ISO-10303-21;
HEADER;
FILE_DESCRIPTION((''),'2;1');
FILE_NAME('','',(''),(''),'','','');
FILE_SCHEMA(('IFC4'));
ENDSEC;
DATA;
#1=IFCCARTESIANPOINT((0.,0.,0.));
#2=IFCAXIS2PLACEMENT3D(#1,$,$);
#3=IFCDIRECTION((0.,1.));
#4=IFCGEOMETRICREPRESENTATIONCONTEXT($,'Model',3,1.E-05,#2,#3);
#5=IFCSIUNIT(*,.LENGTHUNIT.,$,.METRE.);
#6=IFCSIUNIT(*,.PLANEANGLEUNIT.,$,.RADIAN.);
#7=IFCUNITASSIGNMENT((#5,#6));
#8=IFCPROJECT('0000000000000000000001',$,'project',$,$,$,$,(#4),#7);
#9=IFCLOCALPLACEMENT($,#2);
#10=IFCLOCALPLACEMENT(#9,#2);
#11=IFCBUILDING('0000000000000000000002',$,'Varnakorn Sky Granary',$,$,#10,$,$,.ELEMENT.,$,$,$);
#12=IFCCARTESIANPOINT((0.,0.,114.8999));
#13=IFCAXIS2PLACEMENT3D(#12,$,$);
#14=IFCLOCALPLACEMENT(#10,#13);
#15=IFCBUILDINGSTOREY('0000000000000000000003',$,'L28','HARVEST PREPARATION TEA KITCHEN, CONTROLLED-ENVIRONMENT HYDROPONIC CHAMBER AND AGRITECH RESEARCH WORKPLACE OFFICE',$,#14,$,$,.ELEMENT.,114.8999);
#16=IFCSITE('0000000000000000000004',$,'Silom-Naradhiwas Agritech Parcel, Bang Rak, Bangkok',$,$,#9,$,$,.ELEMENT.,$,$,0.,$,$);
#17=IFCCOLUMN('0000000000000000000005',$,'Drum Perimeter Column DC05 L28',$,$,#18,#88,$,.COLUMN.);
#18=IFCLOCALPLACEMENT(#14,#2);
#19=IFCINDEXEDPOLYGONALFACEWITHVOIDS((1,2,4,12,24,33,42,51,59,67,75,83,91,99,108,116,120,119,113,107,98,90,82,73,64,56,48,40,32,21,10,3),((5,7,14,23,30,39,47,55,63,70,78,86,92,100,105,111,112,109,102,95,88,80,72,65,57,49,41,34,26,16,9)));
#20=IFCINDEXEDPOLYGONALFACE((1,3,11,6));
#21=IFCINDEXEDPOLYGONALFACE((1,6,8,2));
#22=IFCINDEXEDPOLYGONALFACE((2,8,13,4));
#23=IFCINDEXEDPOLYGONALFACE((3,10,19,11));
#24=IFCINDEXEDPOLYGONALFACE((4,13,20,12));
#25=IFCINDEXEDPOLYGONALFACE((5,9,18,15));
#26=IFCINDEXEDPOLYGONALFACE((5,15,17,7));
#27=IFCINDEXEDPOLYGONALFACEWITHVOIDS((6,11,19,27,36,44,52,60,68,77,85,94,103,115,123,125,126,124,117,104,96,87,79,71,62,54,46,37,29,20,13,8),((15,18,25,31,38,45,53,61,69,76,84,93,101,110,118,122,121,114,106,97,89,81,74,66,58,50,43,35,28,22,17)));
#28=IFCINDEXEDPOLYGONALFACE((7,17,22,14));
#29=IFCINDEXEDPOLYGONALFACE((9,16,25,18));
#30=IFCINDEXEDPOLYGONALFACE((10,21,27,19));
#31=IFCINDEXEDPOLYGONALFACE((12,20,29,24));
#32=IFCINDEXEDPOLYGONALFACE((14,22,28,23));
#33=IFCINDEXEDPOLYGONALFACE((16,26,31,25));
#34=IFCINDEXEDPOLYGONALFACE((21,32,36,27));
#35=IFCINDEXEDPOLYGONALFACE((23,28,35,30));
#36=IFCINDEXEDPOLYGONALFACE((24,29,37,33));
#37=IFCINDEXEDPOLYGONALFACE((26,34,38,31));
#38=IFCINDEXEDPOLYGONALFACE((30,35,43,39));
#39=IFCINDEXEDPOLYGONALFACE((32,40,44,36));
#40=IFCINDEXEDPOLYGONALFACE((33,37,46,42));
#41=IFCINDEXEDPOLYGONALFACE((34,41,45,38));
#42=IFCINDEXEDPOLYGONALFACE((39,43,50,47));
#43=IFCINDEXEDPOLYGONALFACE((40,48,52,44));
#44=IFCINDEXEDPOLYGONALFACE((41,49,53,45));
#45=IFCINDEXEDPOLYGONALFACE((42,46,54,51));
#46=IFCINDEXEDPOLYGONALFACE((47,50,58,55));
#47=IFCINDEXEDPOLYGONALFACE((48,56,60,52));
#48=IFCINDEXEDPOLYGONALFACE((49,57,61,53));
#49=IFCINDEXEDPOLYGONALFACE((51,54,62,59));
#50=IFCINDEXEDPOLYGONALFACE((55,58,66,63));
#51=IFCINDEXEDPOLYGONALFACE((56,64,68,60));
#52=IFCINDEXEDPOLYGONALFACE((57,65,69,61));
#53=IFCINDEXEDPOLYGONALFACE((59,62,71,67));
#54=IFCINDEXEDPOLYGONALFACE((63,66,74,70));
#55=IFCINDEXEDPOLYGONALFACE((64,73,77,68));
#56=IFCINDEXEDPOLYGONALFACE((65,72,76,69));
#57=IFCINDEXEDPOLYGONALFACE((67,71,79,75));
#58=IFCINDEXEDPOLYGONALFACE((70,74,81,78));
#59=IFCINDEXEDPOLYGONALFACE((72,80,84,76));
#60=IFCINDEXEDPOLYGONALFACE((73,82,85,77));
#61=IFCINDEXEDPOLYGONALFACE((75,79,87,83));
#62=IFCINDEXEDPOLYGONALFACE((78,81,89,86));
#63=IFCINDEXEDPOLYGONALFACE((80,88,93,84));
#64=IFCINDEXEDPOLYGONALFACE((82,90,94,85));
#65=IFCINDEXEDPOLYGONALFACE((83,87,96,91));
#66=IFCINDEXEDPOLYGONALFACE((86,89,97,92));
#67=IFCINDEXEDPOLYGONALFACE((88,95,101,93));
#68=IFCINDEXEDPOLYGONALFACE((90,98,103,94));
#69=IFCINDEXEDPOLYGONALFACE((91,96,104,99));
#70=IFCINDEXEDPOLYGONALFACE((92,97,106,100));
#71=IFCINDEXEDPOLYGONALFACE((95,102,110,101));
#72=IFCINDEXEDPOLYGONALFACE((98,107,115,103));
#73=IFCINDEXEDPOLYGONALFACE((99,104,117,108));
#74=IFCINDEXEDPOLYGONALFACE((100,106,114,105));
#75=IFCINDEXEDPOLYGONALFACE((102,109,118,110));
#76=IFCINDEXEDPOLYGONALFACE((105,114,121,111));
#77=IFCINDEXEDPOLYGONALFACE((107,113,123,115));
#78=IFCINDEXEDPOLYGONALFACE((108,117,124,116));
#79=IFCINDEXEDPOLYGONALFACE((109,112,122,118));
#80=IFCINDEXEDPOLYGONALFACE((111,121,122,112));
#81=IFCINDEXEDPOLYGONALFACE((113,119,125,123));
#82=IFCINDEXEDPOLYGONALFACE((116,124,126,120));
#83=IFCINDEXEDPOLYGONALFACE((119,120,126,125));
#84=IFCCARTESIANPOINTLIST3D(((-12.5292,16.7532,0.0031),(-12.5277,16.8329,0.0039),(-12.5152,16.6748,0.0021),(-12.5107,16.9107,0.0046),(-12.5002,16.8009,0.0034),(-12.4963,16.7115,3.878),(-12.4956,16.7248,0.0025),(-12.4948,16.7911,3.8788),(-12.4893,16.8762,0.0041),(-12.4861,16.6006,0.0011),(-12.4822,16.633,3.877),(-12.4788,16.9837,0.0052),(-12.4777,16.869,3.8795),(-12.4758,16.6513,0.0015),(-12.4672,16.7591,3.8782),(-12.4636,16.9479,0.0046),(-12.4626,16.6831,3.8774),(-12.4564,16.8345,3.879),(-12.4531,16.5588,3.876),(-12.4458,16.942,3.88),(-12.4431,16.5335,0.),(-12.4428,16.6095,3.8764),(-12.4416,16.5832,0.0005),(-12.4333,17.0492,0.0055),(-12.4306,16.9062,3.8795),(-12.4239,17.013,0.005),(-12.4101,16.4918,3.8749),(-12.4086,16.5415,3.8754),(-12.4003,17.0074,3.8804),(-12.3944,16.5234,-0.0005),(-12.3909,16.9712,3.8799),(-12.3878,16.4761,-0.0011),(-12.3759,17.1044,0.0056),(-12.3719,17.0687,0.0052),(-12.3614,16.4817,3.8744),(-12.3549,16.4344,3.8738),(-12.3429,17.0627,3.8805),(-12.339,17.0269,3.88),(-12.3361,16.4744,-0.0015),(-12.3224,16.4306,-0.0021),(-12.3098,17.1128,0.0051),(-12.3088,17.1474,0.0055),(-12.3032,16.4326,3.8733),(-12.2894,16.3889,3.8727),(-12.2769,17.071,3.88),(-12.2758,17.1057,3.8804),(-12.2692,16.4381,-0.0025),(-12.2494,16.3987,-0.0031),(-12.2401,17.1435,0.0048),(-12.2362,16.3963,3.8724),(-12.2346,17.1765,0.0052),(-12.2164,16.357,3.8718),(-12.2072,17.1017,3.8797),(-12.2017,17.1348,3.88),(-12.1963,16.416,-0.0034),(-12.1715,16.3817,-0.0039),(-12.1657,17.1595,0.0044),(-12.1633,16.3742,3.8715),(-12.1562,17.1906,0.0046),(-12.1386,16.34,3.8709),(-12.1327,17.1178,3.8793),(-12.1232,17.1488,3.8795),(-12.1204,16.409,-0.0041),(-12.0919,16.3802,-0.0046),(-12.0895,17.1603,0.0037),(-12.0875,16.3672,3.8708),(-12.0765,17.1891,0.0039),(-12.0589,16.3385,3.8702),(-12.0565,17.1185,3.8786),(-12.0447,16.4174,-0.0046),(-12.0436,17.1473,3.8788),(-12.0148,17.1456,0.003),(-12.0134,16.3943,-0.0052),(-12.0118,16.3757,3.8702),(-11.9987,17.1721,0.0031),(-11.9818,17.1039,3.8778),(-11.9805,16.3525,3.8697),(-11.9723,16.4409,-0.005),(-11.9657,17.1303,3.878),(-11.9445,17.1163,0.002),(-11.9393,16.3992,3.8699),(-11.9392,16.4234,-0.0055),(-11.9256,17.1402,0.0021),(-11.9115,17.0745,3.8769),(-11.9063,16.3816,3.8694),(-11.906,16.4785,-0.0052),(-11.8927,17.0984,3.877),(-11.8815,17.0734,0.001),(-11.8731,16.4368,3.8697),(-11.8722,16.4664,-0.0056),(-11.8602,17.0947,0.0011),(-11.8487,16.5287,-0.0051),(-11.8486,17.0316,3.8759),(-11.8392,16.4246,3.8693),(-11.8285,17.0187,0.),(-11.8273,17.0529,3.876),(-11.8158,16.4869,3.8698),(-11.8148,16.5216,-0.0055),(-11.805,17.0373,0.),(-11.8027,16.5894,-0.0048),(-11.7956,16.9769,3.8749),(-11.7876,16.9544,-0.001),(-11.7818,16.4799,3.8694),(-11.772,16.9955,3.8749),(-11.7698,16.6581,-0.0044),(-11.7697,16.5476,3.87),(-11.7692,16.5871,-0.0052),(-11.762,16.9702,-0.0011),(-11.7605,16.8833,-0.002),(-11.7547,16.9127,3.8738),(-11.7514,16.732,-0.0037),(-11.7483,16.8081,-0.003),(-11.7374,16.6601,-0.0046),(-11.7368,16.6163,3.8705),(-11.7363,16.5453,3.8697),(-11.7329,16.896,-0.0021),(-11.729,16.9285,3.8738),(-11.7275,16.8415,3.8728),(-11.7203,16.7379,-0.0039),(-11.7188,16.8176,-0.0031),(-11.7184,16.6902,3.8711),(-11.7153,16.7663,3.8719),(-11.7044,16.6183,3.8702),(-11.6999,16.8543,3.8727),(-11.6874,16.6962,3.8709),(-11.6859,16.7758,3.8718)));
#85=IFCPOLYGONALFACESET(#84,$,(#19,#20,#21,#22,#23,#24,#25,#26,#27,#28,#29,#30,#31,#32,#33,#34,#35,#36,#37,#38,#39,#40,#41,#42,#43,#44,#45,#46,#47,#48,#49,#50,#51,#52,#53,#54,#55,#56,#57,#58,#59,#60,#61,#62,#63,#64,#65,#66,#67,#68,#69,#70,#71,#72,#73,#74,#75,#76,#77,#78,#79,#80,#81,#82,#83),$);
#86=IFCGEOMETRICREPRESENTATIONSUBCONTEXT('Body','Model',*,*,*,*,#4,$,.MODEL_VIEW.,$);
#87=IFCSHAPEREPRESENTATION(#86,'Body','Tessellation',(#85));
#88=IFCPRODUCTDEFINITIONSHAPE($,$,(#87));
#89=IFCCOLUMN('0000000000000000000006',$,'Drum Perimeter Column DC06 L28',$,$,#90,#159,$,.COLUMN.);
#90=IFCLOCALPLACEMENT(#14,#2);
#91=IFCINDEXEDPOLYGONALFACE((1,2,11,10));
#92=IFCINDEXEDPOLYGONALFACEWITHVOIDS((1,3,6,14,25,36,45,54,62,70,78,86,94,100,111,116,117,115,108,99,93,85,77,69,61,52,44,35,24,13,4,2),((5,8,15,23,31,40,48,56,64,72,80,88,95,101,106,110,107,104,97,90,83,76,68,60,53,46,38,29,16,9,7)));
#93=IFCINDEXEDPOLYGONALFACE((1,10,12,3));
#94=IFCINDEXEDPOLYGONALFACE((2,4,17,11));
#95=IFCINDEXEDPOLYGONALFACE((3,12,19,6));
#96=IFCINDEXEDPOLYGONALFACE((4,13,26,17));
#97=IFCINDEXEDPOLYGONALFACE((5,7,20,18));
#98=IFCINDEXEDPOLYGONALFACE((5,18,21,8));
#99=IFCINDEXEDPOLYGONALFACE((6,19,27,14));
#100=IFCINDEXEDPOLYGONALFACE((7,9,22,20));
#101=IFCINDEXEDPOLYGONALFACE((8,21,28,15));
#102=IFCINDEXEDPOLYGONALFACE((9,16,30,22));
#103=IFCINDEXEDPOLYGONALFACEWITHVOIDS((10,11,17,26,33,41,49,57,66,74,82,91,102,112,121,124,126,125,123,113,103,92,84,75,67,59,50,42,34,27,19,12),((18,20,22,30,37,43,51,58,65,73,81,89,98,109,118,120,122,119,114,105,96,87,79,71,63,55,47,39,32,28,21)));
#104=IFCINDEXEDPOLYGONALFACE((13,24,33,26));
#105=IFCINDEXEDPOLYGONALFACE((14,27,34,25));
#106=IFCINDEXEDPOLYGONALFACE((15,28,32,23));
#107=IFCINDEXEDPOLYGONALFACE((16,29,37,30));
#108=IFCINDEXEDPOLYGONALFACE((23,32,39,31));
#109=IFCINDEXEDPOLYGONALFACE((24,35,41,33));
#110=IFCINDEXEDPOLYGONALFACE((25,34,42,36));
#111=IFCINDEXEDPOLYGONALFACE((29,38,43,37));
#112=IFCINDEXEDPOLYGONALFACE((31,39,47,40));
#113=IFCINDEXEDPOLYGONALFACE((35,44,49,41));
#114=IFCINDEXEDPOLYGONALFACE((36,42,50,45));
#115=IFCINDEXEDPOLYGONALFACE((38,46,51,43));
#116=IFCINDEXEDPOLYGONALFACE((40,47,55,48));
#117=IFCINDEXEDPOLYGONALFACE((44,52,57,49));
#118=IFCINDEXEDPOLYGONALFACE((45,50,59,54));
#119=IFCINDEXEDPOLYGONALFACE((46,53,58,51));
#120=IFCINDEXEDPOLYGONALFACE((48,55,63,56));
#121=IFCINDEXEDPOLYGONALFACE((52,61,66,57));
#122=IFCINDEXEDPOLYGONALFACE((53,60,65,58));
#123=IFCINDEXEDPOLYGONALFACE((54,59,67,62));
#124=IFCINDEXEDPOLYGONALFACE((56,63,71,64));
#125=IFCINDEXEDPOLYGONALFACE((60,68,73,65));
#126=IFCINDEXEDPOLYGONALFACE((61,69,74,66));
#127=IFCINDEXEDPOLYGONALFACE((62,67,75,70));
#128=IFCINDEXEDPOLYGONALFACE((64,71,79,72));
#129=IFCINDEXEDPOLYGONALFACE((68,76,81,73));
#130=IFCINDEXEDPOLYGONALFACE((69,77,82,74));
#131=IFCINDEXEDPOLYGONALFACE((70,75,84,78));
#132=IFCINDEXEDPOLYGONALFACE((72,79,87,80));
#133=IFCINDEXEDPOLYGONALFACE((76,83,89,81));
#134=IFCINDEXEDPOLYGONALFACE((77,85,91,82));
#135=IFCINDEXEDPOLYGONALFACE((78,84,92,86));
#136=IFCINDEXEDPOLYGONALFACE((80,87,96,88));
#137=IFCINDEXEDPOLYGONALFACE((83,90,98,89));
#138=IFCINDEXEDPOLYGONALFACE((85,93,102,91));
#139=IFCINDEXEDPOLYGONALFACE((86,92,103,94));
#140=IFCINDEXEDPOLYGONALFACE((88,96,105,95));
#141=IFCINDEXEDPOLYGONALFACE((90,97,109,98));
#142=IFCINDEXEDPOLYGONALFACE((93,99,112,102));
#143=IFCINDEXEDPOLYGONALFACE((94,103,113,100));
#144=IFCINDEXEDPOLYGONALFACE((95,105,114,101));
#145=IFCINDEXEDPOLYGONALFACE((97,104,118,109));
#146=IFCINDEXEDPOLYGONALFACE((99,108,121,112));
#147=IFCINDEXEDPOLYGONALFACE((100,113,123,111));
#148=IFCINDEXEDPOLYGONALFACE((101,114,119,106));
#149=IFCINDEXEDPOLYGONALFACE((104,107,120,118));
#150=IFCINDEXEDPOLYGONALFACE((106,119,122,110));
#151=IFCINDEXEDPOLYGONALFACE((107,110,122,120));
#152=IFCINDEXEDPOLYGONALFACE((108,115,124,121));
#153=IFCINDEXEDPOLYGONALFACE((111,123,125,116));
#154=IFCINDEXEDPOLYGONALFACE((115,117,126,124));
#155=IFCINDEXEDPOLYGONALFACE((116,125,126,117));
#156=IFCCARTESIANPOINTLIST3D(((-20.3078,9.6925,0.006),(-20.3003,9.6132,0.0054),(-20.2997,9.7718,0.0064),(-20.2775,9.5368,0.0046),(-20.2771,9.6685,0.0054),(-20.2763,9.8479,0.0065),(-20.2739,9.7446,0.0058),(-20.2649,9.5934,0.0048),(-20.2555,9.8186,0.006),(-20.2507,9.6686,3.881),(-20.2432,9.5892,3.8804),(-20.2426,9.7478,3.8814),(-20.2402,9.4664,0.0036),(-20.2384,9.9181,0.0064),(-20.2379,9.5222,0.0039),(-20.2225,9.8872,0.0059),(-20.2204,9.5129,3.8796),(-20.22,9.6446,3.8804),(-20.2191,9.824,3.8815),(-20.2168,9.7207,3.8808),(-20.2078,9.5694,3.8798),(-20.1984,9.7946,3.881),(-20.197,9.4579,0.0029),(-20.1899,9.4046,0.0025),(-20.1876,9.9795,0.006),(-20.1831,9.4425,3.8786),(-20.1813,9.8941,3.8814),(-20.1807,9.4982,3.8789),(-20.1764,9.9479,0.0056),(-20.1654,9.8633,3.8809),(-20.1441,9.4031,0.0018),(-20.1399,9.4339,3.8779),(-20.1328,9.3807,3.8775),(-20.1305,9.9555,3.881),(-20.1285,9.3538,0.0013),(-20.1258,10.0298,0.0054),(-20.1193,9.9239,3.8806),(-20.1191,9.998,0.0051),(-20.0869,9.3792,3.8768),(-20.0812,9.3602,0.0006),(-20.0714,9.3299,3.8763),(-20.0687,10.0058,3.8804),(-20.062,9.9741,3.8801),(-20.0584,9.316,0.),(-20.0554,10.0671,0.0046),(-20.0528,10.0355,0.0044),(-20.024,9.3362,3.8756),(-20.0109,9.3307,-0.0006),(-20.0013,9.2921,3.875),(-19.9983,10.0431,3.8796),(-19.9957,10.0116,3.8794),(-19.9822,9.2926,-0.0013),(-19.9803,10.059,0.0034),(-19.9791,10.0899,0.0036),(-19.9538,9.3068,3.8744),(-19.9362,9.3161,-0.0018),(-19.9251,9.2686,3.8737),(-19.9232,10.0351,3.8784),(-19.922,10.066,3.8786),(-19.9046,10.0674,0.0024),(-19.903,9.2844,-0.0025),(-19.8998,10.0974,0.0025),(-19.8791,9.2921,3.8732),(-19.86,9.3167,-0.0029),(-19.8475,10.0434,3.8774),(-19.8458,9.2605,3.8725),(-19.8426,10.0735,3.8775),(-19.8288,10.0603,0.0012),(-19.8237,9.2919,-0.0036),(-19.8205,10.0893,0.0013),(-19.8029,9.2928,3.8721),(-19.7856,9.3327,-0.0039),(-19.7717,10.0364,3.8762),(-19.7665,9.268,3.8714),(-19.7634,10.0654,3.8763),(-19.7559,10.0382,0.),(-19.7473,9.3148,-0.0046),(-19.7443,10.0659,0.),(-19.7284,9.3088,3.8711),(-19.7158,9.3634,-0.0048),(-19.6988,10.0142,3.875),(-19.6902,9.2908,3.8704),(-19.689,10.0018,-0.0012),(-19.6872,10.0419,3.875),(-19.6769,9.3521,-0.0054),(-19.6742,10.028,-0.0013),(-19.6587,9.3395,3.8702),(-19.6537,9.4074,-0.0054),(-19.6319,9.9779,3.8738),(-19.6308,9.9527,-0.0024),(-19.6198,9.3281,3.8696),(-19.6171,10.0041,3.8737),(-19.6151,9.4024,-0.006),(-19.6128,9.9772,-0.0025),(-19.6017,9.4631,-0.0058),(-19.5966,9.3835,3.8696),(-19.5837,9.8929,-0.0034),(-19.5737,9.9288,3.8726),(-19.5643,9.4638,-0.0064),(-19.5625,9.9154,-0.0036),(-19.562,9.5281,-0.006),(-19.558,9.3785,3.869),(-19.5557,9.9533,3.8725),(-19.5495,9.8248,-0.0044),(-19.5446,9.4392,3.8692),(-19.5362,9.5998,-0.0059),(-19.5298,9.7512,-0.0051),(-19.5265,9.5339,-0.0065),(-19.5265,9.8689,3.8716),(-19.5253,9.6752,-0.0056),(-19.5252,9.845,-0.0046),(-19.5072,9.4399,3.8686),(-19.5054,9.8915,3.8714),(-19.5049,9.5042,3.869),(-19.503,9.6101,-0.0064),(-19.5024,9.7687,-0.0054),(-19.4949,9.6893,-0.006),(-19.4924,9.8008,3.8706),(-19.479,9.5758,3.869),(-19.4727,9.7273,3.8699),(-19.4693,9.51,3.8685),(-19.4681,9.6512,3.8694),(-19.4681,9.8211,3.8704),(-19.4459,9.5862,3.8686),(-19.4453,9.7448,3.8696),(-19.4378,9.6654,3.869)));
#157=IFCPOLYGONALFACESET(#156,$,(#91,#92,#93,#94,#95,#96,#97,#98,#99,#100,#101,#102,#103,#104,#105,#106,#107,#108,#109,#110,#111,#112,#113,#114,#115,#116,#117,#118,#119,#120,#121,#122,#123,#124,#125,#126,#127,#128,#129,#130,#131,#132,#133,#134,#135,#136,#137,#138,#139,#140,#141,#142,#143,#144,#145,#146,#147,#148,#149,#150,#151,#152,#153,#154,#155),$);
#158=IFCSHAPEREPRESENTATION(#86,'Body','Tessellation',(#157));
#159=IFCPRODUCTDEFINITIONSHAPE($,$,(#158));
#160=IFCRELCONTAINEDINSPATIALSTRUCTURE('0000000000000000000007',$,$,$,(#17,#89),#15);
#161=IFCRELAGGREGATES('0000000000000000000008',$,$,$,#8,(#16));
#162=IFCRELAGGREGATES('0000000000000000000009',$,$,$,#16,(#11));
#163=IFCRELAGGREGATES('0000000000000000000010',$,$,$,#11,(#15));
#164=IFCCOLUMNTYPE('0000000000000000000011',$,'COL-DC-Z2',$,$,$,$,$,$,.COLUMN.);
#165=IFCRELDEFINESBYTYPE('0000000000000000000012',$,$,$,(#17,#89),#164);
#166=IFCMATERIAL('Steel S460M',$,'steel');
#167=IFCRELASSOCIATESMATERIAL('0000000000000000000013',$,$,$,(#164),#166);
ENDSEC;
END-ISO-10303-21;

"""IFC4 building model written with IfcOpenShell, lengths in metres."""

from ifc_helpers import new_model, si_unit, direction, frame, origin, origin_2d, place, context, subcontext, project, spatial, hollow_circle, extrude, material, material_profile, profile_set, type_object, element, save


model = new_model("IFC4")

# Units and contexts
model_context = context("Model", 3, precision=1e-05, world=origin(), true_north=direction((0.0, 1.0)))
body_context = subcontext(model_context, "Body", "Model", "MODEL_VIEW")
ifc_project = project(units=[si_unit("LENGTHUNIT", "METRE"), si_unit("PLANEANGLEUNIT", "RADIAN")], contexts=[model_context])

# Site, building, storey
site_placement = place(None, origin())
site = spatial("IfcSite", under=ifc_project, at=site_placement, Name="Silom-Naradhiwas Agritech Parcel, Bang Rak, Bangkok", CompositionType="ELEMENT", RefElevation=0.0)
building_placement = place(site_placement, origin())
building = spatial("IfcBuilding", under=site, at=building_placement, Name="Varnakorn Sky Granary", CompositionType="ELEMENT")
storey_placement = place(building_placement, frame((0.0, 0.0, 114.8999)))
storey = spatial("IfcBuildingStorey", under=building, at=storey_placement, Name="L28", Description="HARVEST PREPARATION TEA KITCHEN, CONTROLLED-ENVIRONMENT HYDROPONIC CHAMBER AND AGRITECH RESEARCH WORKPLACE OFFICE", CompositionType="ELEMENT", Elevation=114.8999)

# Columns
ifc_material_1 = material(Name="Steel S460M", Category="steel")
ifc_material_profile_1 = material_profile(ifc_material_1, hollow_circle(Radius=0.4065, WallThickness=0.03, at=origin_2d()), Name="CHS 813x30")
ifc_profile_set_1 = profile_set([ifc_material_profile_1], Name="Steel S460M")
column_type = type_object("IfcColumnType", Name="COL-DC-Z2", PredefinedType="COLUMN", material=ifc_profile_set_1)
column_placement = place(storey_placement, frame((-12.124, 16.7854, 0.0), z_axis=(0.008505, -0.010773, 0.999906), x_axis=(0.784883, 0.619644, 0.0)))
element("IfcColumn", 1, at=column_placement, inside=storey, type_object=column_type, Name="Drum Perimeter Column DC05 L28", PredefinedType="COLUMN", context=body_context, shape_type="SweptSolid", body=[
    extrude(hollow_circle(Radius=0.4065, WallThickness=0.03, at=origin_2d()), origin(), (0.0, 0.0, 1.0), 3.8752),
])
for number, where, z_axis, x_axis, name in (
    (2, (-19.9014, 9.6909, 0.0), (0.014741, -0.006174, 0.999872), (0.386294, 0.922376, 0.0), "Drum Perimeter Column DC06 L28"),
):
    element("IfcColumn", number, at=place(storey_placement, frame(where, z_axis=z_axis, x_axis=x_axis)), inside=storey, type_object=column_type, Name=name, PredefinedType="COLUMN", context=body_context, shape_type="SweptSolid", body=[
        extrude(hollow_circle(Radius=0.4065, WallThickness=0.03, at=origin_2d()), origin(), (0.0, 0.0, 1.0), 3.8755),
    ])

save(model, "model.ifc")
